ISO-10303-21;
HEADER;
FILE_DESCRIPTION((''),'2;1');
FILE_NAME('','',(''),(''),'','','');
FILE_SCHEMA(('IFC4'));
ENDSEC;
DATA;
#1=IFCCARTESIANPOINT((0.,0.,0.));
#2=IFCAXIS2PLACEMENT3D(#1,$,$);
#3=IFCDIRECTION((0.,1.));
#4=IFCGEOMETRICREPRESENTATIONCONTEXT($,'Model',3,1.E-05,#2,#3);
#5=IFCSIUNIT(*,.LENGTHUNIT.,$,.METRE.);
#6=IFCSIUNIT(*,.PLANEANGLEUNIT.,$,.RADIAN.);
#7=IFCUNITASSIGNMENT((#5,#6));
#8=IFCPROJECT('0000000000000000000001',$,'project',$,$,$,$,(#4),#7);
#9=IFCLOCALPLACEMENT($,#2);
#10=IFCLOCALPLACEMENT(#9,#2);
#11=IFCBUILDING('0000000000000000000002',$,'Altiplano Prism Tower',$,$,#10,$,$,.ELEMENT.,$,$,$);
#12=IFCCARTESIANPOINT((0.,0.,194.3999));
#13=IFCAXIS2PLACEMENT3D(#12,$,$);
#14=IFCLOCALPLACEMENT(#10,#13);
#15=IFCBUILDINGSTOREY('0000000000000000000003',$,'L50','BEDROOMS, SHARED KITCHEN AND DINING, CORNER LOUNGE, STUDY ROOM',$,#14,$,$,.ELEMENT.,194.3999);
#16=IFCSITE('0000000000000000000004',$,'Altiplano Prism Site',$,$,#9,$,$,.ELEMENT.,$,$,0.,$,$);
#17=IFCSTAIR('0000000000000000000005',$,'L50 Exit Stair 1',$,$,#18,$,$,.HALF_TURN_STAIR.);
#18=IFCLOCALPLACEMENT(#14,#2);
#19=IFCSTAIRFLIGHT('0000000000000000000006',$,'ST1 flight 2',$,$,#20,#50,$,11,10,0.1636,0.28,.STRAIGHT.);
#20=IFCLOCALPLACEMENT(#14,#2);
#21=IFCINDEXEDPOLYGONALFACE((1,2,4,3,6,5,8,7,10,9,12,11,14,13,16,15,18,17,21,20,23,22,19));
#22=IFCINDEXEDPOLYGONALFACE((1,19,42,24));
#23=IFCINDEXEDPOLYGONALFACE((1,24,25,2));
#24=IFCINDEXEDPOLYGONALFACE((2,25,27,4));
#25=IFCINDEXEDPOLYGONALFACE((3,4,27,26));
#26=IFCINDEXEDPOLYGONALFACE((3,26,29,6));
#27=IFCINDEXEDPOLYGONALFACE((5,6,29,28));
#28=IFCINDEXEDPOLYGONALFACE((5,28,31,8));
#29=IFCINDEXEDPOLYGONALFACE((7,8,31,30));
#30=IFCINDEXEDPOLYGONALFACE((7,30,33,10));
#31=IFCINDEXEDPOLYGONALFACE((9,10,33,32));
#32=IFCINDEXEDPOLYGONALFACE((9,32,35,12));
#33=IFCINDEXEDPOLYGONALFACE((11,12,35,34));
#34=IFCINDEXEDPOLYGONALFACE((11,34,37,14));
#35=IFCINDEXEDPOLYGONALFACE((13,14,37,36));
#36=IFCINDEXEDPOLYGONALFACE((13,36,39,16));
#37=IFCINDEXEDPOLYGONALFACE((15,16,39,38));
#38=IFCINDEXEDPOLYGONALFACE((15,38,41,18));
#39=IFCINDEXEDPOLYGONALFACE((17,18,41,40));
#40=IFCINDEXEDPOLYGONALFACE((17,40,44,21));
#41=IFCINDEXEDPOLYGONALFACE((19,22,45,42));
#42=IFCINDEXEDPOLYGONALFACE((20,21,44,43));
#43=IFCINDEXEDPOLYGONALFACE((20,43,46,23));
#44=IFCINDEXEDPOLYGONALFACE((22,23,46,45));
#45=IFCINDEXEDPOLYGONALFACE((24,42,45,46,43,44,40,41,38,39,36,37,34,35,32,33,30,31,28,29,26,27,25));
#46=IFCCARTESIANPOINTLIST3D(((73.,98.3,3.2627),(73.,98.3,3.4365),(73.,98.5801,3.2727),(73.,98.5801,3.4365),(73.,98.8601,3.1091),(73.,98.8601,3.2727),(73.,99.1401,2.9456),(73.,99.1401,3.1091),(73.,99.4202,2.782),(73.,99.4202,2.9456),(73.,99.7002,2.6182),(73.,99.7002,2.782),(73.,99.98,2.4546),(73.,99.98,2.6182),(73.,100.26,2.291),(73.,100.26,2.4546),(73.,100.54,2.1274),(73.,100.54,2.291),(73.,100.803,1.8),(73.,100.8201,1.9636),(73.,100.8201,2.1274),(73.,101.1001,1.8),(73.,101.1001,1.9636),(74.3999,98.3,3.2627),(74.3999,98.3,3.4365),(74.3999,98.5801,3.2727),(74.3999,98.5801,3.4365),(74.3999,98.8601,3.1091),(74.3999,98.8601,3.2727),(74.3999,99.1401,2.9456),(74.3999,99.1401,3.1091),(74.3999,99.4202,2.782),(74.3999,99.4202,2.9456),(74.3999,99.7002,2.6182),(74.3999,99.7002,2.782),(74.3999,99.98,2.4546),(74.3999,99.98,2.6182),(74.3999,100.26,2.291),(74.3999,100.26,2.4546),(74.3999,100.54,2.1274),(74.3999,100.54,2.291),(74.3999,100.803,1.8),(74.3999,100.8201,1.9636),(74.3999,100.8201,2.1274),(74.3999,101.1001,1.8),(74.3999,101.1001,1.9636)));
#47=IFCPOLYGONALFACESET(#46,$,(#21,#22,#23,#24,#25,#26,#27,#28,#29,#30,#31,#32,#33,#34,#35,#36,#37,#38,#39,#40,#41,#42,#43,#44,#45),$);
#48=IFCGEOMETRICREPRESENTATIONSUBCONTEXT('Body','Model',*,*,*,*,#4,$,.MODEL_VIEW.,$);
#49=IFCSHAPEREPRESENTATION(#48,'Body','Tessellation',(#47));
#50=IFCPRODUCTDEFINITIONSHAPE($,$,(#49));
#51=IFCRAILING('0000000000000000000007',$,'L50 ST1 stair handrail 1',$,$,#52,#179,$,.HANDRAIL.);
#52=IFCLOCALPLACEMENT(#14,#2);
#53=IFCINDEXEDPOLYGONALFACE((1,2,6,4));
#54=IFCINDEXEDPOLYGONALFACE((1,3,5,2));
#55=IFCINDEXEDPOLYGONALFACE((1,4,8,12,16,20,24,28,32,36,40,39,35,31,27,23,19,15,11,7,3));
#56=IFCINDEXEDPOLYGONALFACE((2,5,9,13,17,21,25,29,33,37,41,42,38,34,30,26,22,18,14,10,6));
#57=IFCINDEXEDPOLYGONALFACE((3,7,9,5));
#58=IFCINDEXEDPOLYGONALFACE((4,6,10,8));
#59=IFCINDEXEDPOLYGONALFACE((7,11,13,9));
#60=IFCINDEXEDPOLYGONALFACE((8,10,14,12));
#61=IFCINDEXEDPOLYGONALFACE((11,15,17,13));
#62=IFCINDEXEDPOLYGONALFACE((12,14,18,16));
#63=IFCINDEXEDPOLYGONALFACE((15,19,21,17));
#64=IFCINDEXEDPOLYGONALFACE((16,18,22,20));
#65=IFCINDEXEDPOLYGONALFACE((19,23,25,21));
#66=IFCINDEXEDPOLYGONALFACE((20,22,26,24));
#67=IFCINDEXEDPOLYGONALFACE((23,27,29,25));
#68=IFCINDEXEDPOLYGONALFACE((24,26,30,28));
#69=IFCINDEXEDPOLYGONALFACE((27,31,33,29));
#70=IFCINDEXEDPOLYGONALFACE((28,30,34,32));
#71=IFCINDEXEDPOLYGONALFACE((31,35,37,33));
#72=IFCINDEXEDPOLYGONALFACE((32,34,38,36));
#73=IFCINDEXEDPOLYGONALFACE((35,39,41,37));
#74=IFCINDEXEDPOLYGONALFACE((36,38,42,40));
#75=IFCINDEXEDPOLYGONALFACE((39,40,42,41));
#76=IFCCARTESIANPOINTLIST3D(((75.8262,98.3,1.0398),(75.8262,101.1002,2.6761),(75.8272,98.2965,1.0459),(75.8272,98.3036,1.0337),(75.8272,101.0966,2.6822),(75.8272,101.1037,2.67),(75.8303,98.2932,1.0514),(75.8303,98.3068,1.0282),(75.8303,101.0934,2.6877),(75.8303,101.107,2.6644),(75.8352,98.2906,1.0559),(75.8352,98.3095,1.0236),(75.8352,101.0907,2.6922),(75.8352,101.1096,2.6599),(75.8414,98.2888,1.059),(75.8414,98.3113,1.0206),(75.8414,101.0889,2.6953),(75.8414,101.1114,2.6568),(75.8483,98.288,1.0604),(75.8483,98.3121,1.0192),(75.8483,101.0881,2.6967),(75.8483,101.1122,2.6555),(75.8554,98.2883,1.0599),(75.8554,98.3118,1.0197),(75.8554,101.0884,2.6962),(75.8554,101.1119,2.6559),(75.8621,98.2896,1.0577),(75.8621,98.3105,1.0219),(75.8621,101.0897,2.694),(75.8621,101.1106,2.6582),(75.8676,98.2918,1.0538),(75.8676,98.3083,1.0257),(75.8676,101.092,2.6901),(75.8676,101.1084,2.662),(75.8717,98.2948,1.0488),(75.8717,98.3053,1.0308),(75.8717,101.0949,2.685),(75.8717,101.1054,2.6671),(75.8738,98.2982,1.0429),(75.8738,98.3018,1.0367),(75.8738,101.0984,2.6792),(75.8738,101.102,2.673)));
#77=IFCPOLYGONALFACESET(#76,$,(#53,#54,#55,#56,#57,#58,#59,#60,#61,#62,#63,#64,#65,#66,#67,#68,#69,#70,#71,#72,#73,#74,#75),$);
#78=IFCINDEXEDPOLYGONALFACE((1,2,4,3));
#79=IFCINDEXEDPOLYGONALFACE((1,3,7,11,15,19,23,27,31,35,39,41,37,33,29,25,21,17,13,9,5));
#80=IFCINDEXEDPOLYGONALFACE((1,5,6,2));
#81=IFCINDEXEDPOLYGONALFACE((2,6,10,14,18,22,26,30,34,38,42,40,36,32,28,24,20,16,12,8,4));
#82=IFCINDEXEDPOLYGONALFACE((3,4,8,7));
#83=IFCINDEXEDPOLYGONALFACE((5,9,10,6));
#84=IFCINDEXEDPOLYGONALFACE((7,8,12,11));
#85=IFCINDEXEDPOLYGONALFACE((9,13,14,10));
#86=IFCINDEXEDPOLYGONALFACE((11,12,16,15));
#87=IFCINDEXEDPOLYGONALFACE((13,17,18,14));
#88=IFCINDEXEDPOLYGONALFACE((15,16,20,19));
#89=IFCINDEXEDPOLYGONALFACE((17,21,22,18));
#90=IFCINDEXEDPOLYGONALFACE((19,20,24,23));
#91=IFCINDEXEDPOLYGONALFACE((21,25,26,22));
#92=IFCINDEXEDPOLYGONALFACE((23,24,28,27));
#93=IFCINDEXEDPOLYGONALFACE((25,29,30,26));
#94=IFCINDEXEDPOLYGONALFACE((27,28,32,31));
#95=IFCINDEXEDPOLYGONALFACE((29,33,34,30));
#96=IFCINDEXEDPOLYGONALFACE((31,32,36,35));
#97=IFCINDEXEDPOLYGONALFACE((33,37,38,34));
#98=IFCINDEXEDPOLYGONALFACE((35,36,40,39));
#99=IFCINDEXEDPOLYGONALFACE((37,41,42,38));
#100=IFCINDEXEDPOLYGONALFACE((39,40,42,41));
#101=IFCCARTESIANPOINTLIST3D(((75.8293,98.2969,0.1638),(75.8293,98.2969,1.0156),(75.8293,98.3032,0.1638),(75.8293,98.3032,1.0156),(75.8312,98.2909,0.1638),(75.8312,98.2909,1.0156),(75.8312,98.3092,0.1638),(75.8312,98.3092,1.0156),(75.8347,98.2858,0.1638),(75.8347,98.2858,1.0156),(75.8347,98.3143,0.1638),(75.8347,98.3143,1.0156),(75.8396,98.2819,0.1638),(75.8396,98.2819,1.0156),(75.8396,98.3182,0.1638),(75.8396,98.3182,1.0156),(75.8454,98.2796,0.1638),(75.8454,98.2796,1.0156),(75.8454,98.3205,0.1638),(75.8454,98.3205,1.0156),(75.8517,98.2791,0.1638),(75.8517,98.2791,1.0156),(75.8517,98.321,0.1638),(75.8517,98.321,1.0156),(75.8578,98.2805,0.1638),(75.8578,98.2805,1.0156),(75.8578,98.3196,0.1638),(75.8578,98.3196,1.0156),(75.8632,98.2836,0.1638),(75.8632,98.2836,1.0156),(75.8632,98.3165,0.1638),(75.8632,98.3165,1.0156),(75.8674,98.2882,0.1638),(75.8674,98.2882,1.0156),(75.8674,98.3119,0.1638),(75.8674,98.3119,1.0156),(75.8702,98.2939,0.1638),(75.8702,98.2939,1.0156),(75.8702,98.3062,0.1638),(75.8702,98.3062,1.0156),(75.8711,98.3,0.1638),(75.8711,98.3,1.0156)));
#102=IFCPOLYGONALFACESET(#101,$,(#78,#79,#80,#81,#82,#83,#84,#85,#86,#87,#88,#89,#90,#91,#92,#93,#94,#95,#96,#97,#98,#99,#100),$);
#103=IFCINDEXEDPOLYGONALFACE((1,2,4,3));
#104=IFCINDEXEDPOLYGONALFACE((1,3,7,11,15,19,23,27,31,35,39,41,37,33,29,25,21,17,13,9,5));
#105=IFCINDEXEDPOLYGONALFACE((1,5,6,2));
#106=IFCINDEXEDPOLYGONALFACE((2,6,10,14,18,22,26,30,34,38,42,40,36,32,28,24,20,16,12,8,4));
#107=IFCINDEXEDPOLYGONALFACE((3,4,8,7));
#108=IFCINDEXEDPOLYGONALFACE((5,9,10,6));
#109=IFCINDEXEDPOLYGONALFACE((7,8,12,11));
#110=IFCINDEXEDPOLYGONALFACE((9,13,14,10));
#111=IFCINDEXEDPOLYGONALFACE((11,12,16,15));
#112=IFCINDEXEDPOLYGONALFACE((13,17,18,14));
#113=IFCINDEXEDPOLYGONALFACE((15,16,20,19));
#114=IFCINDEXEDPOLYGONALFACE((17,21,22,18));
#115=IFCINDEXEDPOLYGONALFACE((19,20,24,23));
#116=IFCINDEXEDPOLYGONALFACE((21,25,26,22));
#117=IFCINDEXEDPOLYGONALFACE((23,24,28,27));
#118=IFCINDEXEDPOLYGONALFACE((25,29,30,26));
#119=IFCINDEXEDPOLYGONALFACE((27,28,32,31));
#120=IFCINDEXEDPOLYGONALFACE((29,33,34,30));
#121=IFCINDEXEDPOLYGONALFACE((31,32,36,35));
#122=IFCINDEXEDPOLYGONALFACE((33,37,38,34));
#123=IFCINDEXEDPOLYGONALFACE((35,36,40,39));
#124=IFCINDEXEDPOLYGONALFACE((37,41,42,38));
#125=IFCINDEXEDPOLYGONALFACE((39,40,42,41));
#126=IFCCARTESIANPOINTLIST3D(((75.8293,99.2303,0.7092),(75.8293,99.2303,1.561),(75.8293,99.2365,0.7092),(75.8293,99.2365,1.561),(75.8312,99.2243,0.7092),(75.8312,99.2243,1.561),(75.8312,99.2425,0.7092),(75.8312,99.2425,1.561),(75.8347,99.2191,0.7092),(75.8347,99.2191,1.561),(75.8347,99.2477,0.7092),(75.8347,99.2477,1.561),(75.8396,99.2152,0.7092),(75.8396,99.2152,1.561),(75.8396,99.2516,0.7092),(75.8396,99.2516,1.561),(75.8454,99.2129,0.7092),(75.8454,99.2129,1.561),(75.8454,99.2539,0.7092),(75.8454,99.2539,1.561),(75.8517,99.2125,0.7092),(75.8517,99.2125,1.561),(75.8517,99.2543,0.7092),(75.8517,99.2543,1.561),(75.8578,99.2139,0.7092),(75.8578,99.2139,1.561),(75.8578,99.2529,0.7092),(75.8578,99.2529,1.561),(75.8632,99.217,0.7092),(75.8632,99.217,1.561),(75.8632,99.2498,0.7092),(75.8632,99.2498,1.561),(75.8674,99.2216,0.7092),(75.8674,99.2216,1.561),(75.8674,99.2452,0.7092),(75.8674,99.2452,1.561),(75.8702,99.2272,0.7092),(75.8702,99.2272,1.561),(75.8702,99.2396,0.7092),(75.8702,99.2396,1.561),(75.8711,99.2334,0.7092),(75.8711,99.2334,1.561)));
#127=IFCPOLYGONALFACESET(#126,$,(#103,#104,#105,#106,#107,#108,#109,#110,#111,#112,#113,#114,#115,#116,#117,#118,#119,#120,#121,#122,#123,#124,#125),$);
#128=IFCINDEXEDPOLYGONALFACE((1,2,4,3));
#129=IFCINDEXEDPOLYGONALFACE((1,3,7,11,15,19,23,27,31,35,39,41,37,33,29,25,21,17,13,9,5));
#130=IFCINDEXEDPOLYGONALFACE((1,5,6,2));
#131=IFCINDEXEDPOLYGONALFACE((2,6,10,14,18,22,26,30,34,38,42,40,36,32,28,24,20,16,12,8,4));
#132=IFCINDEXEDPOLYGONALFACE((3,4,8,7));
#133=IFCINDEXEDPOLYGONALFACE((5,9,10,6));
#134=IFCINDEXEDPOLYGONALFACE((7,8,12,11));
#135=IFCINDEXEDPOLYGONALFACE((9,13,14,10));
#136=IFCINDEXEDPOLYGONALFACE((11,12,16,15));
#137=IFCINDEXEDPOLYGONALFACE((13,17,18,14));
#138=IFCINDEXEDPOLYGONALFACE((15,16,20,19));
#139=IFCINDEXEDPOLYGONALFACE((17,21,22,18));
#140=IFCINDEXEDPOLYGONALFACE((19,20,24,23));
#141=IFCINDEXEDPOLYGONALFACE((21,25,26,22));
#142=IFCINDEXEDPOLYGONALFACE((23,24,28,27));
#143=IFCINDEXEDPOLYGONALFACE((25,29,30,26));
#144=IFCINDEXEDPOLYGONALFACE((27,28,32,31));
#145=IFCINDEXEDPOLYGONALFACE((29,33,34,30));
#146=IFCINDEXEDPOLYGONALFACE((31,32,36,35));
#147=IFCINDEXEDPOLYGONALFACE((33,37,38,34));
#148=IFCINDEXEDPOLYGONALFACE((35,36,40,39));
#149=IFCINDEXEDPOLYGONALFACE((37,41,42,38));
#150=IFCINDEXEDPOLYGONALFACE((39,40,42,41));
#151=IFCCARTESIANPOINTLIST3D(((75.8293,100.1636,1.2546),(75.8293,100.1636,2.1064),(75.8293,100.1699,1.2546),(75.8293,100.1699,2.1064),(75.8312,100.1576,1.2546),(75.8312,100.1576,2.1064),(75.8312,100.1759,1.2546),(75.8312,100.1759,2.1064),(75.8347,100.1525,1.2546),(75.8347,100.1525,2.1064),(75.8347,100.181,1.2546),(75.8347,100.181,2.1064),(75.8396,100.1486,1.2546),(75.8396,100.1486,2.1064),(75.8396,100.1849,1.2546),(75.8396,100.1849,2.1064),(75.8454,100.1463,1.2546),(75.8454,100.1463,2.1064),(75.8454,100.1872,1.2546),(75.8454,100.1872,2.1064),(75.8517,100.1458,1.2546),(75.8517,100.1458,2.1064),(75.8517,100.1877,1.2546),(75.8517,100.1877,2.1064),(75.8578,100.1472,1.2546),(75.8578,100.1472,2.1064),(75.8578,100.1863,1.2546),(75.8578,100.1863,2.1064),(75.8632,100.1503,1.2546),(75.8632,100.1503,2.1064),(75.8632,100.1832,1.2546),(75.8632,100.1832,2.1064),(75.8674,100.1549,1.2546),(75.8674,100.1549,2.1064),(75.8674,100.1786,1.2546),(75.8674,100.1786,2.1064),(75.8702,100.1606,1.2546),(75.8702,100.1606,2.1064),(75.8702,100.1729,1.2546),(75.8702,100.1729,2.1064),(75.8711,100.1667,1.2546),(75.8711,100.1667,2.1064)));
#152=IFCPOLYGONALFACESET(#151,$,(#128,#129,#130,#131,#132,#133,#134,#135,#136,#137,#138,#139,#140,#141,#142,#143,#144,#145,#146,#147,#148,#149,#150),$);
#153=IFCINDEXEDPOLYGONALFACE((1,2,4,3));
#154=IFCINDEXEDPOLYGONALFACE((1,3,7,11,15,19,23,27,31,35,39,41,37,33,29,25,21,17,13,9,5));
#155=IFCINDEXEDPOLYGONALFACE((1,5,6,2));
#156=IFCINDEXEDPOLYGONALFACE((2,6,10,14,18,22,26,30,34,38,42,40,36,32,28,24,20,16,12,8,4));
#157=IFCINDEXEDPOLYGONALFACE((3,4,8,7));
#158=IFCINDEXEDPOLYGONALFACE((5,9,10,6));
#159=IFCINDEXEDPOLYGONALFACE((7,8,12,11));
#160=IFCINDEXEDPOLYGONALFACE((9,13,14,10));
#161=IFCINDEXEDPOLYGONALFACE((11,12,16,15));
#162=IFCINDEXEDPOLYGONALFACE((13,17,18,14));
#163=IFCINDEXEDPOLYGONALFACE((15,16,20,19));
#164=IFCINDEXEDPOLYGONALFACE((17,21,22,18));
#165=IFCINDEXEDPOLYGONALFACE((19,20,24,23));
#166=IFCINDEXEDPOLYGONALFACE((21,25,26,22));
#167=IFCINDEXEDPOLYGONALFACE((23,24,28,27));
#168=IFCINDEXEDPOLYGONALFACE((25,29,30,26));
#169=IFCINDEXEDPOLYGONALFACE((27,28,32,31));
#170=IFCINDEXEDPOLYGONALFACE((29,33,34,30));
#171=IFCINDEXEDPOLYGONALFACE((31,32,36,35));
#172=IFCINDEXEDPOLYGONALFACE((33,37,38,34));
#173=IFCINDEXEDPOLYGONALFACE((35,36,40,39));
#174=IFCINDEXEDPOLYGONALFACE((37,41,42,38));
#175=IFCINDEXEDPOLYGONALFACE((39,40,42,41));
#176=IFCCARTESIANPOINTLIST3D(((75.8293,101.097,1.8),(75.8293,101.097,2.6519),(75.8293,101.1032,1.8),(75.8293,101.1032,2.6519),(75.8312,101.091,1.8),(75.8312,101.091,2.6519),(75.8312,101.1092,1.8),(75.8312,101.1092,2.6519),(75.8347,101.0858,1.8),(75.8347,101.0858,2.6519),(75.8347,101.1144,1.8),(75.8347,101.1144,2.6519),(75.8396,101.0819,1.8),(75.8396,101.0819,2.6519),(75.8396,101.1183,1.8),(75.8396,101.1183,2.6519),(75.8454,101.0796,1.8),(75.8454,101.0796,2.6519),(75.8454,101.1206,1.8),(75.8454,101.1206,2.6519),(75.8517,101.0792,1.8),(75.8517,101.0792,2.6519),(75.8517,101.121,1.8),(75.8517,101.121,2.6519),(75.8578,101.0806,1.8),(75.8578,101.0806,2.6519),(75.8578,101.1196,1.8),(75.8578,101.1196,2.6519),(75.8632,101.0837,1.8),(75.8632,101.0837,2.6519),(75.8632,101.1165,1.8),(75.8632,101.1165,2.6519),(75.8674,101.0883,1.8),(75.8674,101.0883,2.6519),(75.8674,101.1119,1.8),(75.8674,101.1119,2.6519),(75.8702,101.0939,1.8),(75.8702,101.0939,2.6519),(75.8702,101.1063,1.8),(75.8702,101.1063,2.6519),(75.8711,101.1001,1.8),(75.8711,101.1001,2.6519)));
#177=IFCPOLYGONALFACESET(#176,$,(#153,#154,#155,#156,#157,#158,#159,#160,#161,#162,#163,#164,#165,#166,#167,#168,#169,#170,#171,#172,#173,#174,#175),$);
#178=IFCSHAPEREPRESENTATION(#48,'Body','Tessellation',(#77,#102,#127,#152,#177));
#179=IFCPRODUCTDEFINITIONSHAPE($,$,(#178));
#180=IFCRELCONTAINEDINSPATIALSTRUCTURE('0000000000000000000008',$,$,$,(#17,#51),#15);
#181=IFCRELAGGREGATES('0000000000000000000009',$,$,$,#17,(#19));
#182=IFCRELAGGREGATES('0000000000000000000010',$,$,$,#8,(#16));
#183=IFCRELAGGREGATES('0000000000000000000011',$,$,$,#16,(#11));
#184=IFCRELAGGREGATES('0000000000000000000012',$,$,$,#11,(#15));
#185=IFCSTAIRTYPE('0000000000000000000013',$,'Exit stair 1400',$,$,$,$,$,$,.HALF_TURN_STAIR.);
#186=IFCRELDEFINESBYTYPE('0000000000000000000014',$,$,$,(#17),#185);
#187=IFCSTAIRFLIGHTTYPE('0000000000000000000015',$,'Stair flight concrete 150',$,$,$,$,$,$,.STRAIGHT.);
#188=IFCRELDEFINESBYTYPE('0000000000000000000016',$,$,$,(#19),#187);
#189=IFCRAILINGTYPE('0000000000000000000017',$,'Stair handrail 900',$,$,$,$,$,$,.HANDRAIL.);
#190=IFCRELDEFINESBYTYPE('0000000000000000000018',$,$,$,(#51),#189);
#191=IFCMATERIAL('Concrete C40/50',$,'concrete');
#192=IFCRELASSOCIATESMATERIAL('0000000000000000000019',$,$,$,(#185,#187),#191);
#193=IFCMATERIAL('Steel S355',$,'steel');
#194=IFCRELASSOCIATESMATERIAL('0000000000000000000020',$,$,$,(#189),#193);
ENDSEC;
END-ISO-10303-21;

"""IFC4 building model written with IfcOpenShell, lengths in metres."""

from ifc_helpers import new_model, si_unit, direction, frame, origin, origin_2d, place, context, subcontext, project, spatial, polyline, circle, outline, extrude, material, type_object, element, aggregate, save


model = new_model("IFC4")

# Units and contexts
model_context = context("Model", 3, precision=1e-05, world=origin(), true_north=direction((0.0, 1.0)))
body_context = subcontext(model_context, "Body", "Model", "MODEL_VIEW")
ifc_project = project(units=[si_unit("LENGTHUNIT", "METRE"), si_unit("PLANEANGLEUNIT", "RADIAN")], contexts=[model_context])

# Site, building, storey
site_placement = place(None, origin())
site = spatial("IfcSite", under=ifc_project, at=site_placement, Name="Altiplano Prism Site", CompositionType="ELEMENT", RefElevation=0.0)
building_placement = place(site_placement, origin())
building = spatial("IfcBuilding", under=site, at=building_placement, Name="Altiplano Prism Tower", CompositionType="ELEMENT")
storey_placement = place(building_placement, frame((0.0, 0.0, 194.3999)))
storey = spatial("IfcBuildingStorey", under=building, at=storey_placement, Name="L50", Description="BEDROOMS, SHARED KITCHEN AND DINING, CORNER LOUNGE, STUDY ROOM", CompositionType="ELEMENT", Elevation=194.3999)

# Shared definitions
ifc_material_1 = material(Name="Steel S355", Category="steel")

# Stair, stair flight
ifc_material_2 = material(Name="Concrete C40/50", Category="concrete")
stair_type = type_object("IfcStairType", Name="Exit stair 1400", PredefinedType="HALF_TURN_STAIR", material=ifc_material_2)
stair_placement = place(storey_placement, origin())
stair = element("IfcStair", 1, at=stair_placement, inside=storey, type_object=stair_type, Name="L50 Exit Stair 1", PredefinedType="HALF_TURN_STAIR")
stair_flight_type = type_object("IfcStairFlightType", Name="Stair flight concrete 150", PredefinedType="STRAIGHT", material=ifc_material_2)
stair_flight_1_placement = place(storey_placement, frame((73.7, 101.1001, 1.8), z_axis=(0.0, 0.0, 1.0), x_axis=(0.0, -1.0, 0.0)))
stair_flight_1 = element("IfcStairFlight", 2, at=stair_flight_1_placement, type_object=stair_flight_type, Name="ST1 flight 2", NumberOfRisers=11, NumberOfTreads=10, PredefinedType="STRAIGHT", RiserHeight=0.1636, TreadLength=0.28, context=body_context, shape_type="SweptSolid", body=[
    extrude(outline(polyline([(0.0, 0.0), (0.0, 0.1636), (0.28, 0.1636), (0.28, 0.3274), (0.5601, 0.3274), (0.5601, 0.491), (0.8401, 0.491), (0.8401, 0.6545), (1.1201, 0.6545), (1.1201, 0.8181), (1.3999, 0.8181), (1.3999, 0.9819), (1.6799, 0.9819), (1.6799, 1.1455), (1.96, 1.1455), (1.96, 1.3091), (2.24, 1.3091), (2.24, 1.4727), (2.52, 1.4727), (2.52, 1.6365), (2.8, 1.6365), (2.8, 1.8), (2.8, 1.4626), (0.2971, 0.0), (0.0, 0.0)])), frame((0.0, 0.7, 0.0), z_axis=(0.0, -1.0, 0.0), x_axis=(1.0, 0.0, 0.0)), (0.0, 0.0, 1.0), 1.3999),
])
aggregate(stair, [stair_flight_1])

# Railing
railing_type_1 = type_object("IfcRailingType", Name="Stair handrail 900", PredefinedType="HANDRAIL", material=ifc_material_1)
railing_1_placement = place(storey_placement, frame((75.8501, 98.3, 0.1638)))
element("IfcRailing", 3, at=railing_1_placement, inside=storey, type_object=railing_type_1, Name="L50 ST1 stair handrail 1", PredefinedType="HANDRAIL", context=body_context, shape_type="SweptSolid", body=[
    extrude(circle(Radius=0.0239, at=origin_2d()), frame((0.0, 0.0, 0.876), z_axis=(0.0, 0.863394, 0.504531), x_axis=(-1.0, 0.0, 0.0)), (0.0, 0.0, 1.0), 3.2432),
    extrude(circle(Radius=0.021, at=origin_2d()), origin(), (0.0, 0.0, 1.0), 0.8518),
    extrude(circle(Radius=0.021, at=origin_2d()), frame((0.0, 0.9333, 0.5454)), (0.0, 0.0, 1.0), 0.8518),
    extrude(circle(Radius=0.021, at=origin_2d()), frame((0.0, 1.8667, 1.0908)), (0.0, 0.0, 1.0), 0.8518),
    extrude(circle(Radius=0.021, at=origin_2d()), frame((0.0, 2.8, 1.6362)), (0.0, 0.0, 1.0), 0.8518),
])

save(model, "model.ifc")
